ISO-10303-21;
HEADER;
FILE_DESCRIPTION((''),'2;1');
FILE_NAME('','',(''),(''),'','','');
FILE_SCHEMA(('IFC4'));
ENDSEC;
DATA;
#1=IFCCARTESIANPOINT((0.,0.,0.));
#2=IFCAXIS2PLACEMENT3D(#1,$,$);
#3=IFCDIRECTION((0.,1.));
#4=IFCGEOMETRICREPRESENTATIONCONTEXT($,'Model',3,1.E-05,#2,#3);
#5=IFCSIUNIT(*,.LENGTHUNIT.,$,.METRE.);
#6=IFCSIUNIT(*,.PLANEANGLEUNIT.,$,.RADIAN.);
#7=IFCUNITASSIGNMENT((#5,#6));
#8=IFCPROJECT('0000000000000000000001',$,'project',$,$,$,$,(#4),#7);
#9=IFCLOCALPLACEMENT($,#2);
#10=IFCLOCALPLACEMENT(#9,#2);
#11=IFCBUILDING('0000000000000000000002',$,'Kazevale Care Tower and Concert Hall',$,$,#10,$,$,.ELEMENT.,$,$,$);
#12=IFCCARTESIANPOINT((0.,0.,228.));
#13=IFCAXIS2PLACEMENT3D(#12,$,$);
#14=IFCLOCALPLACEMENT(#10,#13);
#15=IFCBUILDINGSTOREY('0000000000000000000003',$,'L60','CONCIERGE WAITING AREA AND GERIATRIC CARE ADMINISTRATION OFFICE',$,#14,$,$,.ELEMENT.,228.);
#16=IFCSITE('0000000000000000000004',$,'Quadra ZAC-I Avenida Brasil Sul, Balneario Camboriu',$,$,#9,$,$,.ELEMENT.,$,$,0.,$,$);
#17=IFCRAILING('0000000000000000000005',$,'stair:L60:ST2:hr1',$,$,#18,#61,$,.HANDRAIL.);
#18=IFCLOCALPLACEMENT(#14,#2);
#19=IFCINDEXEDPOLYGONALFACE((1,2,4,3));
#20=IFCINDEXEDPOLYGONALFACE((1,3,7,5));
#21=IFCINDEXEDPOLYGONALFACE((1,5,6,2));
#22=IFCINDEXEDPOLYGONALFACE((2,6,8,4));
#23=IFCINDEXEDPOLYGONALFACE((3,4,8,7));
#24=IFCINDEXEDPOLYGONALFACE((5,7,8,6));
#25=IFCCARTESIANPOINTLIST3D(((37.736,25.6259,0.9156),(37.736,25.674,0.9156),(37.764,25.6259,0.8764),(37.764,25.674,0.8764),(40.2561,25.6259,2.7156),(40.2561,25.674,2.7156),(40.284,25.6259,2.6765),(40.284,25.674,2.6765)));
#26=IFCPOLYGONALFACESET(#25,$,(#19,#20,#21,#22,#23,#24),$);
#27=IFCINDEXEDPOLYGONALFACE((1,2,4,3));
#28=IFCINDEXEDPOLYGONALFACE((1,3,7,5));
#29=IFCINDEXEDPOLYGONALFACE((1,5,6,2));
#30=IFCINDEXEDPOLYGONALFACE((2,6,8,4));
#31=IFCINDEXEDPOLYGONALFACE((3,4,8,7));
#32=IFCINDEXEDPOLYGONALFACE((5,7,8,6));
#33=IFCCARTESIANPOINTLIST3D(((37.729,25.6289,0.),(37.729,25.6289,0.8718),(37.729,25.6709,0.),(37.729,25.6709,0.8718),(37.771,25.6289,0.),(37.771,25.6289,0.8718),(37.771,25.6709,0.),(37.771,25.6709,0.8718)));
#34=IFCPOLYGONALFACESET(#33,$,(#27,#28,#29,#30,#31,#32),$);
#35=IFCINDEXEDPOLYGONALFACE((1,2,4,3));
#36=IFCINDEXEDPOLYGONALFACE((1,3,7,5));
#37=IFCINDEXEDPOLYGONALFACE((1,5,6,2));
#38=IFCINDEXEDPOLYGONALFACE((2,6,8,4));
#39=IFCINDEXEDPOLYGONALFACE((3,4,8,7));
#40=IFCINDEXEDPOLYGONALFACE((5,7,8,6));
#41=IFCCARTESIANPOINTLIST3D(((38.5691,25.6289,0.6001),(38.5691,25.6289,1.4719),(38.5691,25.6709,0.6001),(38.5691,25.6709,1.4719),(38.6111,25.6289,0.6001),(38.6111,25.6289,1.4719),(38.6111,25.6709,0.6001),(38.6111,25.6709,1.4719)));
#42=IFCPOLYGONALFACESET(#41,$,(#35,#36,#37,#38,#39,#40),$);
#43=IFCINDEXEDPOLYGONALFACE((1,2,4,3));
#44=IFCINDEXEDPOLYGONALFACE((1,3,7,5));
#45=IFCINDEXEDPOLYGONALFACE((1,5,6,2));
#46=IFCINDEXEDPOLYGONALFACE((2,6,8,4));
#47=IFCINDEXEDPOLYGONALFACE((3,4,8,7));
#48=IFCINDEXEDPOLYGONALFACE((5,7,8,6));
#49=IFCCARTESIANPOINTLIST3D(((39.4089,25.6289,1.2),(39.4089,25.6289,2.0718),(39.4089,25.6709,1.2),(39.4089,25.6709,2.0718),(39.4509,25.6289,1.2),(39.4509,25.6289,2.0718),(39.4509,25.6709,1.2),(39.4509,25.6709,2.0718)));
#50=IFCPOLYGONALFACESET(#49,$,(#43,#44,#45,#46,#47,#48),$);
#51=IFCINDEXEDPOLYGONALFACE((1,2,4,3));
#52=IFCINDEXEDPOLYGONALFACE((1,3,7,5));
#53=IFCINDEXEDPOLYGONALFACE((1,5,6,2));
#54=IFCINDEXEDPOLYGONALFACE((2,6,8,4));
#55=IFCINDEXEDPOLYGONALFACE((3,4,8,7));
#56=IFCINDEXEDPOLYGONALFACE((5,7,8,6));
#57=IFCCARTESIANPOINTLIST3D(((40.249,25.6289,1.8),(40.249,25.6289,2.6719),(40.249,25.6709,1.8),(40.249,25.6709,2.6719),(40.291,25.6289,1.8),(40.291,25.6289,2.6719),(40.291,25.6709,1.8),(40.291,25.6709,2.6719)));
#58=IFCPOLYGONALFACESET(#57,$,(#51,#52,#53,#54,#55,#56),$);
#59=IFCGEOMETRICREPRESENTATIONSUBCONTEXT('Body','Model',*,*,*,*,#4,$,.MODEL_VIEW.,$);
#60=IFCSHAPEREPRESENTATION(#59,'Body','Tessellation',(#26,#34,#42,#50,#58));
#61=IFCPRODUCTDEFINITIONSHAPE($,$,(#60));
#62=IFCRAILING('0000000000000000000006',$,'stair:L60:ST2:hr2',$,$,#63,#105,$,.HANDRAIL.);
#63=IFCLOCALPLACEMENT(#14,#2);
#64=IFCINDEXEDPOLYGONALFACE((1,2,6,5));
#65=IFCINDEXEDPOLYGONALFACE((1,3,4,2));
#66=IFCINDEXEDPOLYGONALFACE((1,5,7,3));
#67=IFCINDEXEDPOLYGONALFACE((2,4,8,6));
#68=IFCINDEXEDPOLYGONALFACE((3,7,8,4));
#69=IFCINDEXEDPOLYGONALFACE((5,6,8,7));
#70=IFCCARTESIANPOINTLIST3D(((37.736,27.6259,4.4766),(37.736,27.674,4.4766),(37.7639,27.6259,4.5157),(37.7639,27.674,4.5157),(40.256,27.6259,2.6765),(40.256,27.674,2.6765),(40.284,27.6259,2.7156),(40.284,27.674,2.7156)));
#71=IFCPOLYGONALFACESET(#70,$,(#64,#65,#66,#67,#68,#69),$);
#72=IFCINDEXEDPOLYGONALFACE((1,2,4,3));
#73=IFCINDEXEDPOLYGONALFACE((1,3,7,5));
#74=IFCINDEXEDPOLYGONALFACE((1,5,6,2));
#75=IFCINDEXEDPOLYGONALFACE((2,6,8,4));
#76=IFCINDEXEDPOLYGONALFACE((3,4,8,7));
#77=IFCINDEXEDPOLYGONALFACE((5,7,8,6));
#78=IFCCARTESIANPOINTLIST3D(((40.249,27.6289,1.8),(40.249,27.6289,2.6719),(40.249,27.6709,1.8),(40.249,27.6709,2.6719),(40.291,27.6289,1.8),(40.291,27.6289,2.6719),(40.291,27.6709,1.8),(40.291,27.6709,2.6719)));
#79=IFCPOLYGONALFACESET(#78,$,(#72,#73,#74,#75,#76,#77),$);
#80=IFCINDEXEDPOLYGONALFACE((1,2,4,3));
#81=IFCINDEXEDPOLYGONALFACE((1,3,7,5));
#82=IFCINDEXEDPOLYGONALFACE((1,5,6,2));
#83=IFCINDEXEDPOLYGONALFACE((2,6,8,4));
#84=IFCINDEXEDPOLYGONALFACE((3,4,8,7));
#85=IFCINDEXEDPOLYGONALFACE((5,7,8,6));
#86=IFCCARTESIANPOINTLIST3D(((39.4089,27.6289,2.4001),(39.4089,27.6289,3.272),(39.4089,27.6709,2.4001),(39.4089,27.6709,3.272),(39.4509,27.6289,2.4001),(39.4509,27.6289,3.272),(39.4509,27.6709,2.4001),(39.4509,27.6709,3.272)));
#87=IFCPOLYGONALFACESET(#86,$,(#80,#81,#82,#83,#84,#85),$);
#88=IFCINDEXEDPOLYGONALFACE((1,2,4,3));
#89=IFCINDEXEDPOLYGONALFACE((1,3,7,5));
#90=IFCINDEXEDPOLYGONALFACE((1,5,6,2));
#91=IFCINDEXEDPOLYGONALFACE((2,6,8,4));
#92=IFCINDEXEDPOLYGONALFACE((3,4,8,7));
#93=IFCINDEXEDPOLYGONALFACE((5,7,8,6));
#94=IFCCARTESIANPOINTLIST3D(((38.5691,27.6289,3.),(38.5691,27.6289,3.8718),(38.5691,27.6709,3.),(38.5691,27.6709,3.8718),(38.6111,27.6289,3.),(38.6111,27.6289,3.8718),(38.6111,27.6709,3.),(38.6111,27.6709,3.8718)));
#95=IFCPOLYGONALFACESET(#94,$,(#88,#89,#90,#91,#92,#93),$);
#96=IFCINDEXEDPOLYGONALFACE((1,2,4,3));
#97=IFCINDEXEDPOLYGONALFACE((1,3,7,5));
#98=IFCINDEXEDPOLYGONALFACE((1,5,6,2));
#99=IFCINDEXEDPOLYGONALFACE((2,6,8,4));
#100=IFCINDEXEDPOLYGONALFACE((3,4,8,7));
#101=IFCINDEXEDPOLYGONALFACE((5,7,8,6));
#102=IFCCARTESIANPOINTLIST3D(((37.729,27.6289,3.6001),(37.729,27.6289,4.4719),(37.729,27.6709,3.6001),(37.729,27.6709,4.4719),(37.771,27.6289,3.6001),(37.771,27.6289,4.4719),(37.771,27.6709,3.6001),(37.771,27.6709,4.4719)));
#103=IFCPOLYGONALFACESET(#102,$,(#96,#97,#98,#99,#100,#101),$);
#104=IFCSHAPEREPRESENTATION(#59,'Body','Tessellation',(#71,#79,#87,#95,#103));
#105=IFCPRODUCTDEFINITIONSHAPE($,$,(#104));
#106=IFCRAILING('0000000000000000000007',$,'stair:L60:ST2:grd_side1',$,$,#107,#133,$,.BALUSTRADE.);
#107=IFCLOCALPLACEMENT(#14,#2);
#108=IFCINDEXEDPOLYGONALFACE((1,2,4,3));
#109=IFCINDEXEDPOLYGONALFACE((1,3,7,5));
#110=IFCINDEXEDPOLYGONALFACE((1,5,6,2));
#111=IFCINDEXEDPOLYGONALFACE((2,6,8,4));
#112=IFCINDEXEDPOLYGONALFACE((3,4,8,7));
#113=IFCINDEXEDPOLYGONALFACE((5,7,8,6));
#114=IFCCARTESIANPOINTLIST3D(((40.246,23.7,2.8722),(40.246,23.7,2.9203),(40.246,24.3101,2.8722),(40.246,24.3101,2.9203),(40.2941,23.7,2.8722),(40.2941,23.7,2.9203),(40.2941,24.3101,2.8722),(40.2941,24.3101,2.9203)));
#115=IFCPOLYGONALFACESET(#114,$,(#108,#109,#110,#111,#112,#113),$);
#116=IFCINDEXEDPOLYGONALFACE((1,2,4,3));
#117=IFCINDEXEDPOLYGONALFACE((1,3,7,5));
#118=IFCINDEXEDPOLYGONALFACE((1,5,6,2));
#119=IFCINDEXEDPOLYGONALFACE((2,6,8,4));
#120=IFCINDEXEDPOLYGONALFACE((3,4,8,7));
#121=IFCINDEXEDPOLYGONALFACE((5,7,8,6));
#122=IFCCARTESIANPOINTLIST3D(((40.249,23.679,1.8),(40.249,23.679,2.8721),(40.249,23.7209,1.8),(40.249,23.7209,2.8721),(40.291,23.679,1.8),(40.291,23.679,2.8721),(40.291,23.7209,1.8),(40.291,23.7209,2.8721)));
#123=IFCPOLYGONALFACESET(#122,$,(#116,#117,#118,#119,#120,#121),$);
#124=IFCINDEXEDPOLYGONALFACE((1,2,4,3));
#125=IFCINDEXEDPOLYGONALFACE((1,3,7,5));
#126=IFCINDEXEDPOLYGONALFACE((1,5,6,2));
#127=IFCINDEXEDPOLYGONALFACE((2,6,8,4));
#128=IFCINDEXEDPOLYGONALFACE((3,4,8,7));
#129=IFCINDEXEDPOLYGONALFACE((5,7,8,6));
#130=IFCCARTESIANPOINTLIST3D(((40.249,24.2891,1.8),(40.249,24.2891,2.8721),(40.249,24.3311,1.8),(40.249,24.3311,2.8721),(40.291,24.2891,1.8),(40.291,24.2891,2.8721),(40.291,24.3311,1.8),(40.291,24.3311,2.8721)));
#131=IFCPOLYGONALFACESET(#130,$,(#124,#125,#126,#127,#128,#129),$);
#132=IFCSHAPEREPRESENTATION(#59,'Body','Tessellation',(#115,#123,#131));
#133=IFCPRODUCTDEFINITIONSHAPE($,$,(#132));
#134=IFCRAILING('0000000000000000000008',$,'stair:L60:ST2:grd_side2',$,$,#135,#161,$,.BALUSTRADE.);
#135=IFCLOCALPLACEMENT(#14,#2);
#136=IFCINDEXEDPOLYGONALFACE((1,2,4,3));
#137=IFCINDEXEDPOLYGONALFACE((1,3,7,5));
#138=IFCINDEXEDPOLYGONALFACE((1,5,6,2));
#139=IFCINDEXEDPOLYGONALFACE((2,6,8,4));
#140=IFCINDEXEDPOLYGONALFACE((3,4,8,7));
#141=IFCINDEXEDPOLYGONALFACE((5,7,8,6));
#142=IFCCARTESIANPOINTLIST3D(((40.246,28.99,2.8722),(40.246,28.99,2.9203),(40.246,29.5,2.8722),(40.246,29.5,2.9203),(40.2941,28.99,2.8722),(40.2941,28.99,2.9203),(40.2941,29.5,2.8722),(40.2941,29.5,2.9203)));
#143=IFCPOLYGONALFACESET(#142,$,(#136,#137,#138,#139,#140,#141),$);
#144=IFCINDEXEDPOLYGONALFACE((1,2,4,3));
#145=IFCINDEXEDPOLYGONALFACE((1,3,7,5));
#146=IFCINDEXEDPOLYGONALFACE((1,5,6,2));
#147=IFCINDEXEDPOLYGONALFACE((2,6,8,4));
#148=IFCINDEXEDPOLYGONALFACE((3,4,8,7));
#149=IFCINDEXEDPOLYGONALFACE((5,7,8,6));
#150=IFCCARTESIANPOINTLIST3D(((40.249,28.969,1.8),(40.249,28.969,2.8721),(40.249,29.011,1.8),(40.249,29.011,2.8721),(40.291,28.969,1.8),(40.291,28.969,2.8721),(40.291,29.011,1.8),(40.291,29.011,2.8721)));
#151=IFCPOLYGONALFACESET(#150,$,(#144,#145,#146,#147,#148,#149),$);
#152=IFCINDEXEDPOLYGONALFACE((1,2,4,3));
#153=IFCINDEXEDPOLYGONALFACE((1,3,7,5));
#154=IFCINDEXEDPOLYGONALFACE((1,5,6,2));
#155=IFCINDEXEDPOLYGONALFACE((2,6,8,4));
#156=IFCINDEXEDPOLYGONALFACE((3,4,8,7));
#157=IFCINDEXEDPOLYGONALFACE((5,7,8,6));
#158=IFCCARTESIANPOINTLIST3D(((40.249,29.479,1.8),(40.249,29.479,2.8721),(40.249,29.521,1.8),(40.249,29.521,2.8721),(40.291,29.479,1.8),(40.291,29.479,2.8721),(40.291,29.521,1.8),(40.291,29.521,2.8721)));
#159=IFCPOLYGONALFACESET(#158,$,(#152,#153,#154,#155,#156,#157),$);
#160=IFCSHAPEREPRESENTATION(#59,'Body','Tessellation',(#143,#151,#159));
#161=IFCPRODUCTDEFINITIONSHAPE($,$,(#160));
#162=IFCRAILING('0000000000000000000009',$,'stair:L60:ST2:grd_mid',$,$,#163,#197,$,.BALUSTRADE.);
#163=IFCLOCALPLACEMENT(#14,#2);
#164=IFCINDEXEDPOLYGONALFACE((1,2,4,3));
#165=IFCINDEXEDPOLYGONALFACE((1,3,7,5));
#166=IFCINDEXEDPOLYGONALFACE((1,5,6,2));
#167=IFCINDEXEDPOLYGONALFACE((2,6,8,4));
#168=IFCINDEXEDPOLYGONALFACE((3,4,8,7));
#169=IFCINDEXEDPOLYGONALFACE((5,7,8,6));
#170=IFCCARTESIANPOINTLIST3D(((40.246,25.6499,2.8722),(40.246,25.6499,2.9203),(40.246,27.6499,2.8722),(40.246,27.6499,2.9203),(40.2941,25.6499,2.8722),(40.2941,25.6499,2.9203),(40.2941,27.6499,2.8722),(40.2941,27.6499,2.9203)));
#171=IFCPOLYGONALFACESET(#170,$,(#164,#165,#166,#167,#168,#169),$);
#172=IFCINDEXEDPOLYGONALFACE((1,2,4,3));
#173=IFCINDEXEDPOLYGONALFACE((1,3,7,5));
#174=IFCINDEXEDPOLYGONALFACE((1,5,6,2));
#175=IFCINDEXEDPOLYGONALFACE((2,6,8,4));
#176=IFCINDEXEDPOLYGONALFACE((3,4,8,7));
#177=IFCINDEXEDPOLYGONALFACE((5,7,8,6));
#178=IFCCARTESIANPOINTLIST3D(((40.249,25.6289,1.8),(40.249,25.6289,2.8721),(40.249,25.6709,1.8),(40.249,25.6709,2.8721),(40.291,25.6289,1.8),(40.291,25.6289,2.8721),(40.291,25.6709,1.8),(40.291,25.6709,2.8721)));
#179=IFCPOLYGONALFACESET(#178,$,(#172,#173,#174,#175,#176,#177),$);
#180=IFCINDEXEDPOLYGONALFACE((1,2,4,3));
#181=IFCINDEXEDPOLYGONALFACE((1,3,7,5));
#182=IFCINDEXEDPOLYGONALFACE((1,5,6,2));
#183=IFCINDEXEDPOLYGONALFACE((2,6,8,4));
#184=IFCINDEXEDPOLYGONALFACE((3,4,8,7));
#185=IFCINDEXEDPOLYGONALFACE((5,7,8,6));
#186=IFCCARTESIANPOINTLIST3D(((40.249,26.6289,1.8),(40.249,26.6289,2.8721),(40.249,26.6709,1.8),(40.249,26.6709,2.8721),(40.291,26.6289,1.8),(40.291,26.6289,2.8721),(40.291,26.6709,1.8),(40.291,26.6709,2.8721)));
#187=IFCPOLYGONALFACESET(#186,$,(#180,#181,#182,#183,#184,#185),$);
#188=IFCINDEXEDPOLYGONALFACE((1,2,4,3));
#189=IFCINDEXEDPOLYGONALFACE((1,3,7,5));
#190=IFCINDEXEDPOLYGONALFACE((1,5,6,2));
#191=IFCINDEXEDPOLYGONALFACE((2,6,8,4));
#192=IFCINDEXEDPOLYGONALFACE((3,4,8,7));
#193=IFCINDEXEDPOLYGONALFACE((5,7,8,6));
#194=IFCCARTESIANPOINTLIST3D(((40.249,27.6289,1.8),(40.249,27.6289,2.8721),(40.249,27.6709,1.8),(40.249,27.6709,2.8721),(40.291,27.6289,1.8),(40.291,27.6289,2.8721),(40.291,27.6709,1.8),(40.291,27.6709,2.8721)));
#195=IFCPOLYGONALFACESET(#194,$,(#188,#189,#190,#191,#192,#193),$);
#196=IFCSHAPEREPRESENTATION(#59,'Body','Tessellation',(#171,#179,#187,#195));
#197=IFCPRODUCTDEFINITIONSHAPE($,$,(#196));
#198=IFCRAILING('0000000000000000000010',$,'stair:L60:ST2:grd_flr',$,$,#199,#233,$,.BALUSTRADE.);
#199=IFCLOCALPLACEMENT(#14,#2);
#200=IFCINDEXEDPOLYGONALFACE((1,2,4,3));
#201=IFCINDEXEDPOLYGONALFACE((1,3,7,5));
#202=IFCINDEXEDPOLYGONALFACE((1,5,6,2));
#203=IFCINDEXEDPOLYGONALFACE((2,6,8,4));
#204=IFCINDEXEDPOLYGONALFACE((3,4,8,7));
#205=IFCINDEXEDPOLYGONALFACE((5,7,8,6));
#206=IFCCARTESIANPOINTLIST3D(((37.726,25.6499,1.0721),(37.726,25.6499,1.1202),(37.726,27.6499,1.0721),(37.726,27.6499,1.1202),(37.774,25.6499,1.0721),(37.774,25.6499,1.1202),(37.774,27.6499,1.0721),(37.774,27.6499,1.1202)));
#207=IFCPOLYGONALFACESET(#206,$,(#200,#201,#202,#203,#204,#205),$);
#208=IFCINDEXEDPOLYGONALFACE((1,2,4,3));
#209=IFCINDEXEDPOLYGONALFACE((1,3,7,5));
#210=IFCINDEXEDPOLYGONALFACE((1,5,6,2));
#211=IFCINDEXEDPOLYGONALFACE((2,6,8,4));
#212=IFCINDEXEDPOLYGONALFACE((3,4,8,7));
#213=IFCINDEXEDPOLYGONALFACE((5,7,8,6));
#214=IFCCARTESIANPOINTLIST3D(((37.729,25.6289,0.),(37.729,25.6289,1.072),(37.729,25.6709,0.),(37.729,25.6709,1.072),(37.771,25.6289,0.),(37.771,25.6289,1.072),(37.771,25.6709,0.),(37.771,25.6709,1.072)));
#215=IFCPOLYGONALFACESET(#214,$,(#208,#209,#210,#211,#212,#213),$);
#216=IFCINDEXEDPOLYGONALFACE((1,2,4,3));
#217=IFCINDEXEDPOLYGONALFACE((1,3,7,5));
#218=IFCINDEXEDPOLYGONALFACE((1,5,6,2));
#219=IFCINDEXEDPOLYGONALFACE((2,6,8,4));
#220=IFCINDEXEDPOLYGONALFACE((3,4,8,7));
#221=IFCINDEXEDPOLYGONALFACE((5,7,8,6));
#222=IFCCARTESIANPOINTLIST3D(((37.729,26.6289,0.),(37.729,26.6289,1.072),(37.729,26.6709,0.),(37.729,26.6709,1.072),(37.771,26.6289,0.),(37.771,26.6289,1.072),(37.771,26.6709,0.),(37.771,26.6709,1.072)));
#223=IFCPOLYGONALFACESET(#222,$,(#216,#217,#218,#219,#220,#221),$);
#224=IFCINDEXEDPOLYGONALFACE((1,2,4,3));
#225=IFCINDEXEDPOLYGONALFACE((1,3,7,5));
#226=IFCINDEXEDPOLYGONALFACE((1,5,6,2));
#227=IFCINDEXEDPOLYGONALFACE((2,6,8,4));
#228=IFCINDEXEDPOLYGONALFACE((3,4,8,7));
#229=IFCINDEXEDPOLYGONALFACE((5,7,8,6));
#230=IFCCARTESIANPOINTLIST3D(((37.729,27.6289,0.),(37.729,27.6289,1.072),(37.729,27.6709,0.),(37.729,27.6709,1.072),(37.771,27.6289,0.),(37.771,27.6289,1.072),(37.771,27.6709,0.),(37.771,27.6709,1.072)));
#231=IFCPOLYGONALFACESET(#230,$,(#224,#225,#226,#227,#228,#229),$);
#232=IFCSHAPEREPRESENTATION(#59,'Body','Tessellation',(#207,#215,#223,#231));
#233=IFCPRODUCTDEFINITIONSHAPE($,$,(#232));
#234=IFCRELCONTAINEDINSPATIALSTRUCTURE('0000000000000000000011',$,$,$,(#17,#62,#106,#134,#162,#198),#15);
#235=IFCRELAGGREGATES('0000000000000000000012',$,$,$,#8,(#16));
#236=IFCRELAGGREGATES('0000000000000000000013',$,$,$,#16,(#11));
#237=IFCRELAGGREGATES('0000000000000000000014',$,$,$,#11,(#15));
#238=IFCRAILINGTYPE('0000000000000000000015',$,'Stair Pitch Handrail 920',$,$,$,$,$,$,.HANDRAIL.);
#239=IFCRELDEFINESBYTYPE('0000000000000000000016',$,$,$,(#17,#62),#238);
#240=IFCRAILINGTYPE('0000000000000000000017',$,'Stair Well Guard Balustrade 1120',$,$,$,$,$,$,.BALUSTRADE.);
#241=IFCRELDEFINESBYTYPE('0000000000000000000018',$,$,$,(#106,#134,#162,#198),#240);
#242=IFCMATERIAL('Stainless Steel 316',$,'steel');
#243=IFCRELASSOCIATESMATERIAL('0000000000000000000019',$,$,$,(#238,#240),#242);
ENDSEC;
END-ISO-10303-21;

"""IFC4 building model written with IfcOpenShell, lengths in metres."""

from ifc_helpers import new_model, si_unit, direction, frame, origin, origin_2d, place, context, subcontext, project, spatial, rectangle, extrude, material, type_object, element, save


model = new_model("IFC4")

# Units and contexts
model_context = context("Model", 3, precision=1e-05, world=origin(), true_north=direction((0.0, 1.0)))
body_context = subcontext(model_context, "Body", "Model", "MODEL_VIEW")
ifc_project = project(units=[si_unit("LENGTHUNIT", "METRE"), si_unit("PLANEANGLEUNIT", "RADIAN")], contexts=[model_context])

# Site, building, storey
site_placement = place(None, origin())
site = spatial("IfcSite", under=ifc_project, at=site_placement, Name="Quadra ZAC-I Avenida Brasil Sul, Balneario Camboriu", CompositionType="ELEMENT", RefElevation=0.0)
building_placement = place(site_placement, origin())
building = spatial("IfcBuilding", under=site, at=building_placement, Name="Kazevale Care Tower and Concert Hall", CompositionType="ELEMENT")
storey_placement = place(building_placement, frame((0.0, 0.0, 228.0)))
storey = spatial("IfcBuildingStorey", under=building, at=storey_placement, Name="L60", Description="CONCIERGE WAITING AREA AND GERIATRIC CARE ADMINISTRATION OFFICE", CompositionType="ELEMENT", Elevation=228.0)

# Railings
ifc_material_1 = material(Name="Stainless Steel 316", Category="steel")
railing_type_1 = type_object("IfcRailingType", Name="Stair Pitch Handrail 920", PredefinedType="HANDRAIL", material=ifc_material_1)
railing_1_placement = place(storey_placement, frame((37.75, 25.6499, 0.0)))
element("IfcRailing", 1, at=railing_1_placement, inside=storey, type_object=railing_type_1, Name="stair:L60:ST2:hr1", PredefinedType="HANDRAIL", context=body_context, shape_type="SweptSolid", body=[
    extrude(rectangle(XDim=0.0481, YDim=0.0481, at=origin_2d()), frame((0.0, 0.0, 0.896), z_axis=(0.813728, 0.0, 0.581246), x_axis=(0.0, 1.0, 0.0)), (0.0, 0.0, 1.0), 3.0969),
    extrude(rectangle(XDim=0.042, YDim=0.042, at=origin_2d()), origin(), (0.0, 0.0, 1.0), 0.8718),
    extrude(rectangle(XDim=0.042, YDim=0.042, at=origin_2d()), frame((0.8401, 0.0, 0.6001)), (0.0, 0.0, 1.0), 0.8718),
    extrude(rectangle(XDim=0.042, YDim=0.042, at=origin_2d()), frame((1.6799, 0.0, 1.2)), (0.0, 0.0, 1.0), 0.8718),
    extrude(rectangle(XDim=0.042, YDim=0.042, at=origin_2d()), frame((2.52, 0.0, 1.8)), (0.0, 0.0, 1.0), 0.8718),
])
railing_2_placement = place(storey_placement, frame((40.27, 27.6499, 1.8)))
element("IfcRailing", 2, at=railing_2_placement, inside=storey, type_object=railing_type_1, Name="stair:L60:ST2:hr2", PredefinedType="HANDRAIL", context=body_context, shape_type="SweptSolid", body=[
    extrude(rectangle(XDim=0.0481, YDim=0.0481, at=origin_2d()), frame((0.0, 0.0, 0.896), z_axis=(-0.813728, 0.0, 0.581246), x_axis=(0.0, -1.0, 0.0)), (0.0, 0.0, 1.0), 3.0969),
    extrude(rectangle(XDim=0.042, YDim=0.042, at=origin_2d()), origin(), (0.0, 0.0, 1.0), 0.8718),
    extrude(rectangle(XDim=0.042, YDim=0.042, at=origin_2d()), frame((-0.8401, 0.0, 0.6001)), (0.0, 0.0, 1.0), 0.8718),
    extrude(rectangle(XDim=0.042, YDim=0.042, at=origin_2d()), frame((-1.6799, 0.0, 1.2)), (0.0, 0.0, 1.0), 0.8718),
    extrude(rectangle(XDim=0.042, YDim=0.042, at=origin_2d()), frame((-2.52, 0.0, 1.8)), (0.0, 0.0, 1.0), 0.8718),
])
railing_type_2 = type_object("IfcRailingType", Name="Stair Well Guard Balustrade 1120", PredefinedType="BALUSTRADE", material=ifc_material_1)
railing_3_placement = place(storey_placement, frame((40.27, 23.7, 1.8)))
element("IfcRailing", 3, at=railing_3_placement, inside=storey, type_object=railing_type_2, Name="stair:L60:ST2:grd_side1", PredefinedType="BALUSTRADE", context=body_context, shape_type="SweptSolid", body=[
    extrude(rectangle(XDim=0.0481, YDim=0.0481, at=origin_2d()), frame((0.0, 0.0, 1.0962), z_axis=(0.0, 1.0, 0.0), x_axis=(-1.0, 0.0, 0.0)), (0.0, 0.0, 1.0), 0.6101),
    extrude(rectangle(XDim=0.042, YDim=0.042, at=origin_2d()), origin(), (0.0, 0.0, 1.0), 1.072),
    extrude(rectangle(XDim=0.042, YDim=0.042, at=origin_2d()), frame((0.0, 0.6101, 0.0)), (0.0, 0.0, 1.0), 1.072),
])
railing_4_placement = place(storey_placement, frame((40.27, 28.99, 1.8)))
element("IfcRailing", 4, at=railing_4_placement, inside=storey, type_object=railing_type_2, Name="stair:L60:ST2:grd_side2", PredefinedType="BALUSTRADE", context=body_context, shape_type="SweptSolid", body=[
    extrude(rectangle(XDim=0.0481, YDim=0.0481, at=origin_2d()), frame((0.0, 0.0, 1.0962), z_axis=(0.0, 1.0, 0.0), x_axis=(-1.0, 0.0, 0.0)), (0.0, 0.0, 1.0), 0.51),
    extrude(rectangle(XDim=0.042, YDim=0.042, at=origin_2d()), origin(), (0.0, 0.0, 1.0), 1.072),
    extrude(rectangle(XDim=0.042, YDim=0.042, at=origin_2d()), frame((0.0, 0.51, 0.0)), (0.0, 0.0, 1.0), 1.072),
])
for number, where, name in (
    (5, (40.27, 25.6499, 1.8), "stair:L60:ST2:grd_mid"),
    (6, (37.75, 25.6499, 0.0), "stair:L60:ST2:grd_flr"),
):
    element("IfcRailing", number, at=place(storey_placement, frame(where)), inside=storey, type_object=railing_type_2, Name=name, PredefinedType="BALUSTRADE", context=body_context, shape_type="SweptSolid", body=[
        extrude(rectangle(XDim=0.0481, YDim=0.0481, at=origin_2d()), frame((0.0, 0.0, 1.0962), z_axis=(0.0, 1.0, 0.0), x_axis=(-1.0, 0.0, 0.0)), (0.0, 0.0, 1.0), 2.0),
        extrude(rectangle(XDim=0.042, YDim=0.042, at=origin_2d()), origin(), (0.0, 0.0, 1.0), 1.072),
        extrude(rectangle(XDim=0.042, YDim=0.042, at=origin_2d()), frame((0.0, 1.0, 0.0)), (0.0, 0.0, 1.0), 1.072),
        extrude(rectangle(XDim=0.042, YDim=0.042, at=origin_2d()), frame((0.0, 2.0, 0.0)), (0.0, 0.0, 1.0), 1.072),
    ])

save(model, "model.ifc")
